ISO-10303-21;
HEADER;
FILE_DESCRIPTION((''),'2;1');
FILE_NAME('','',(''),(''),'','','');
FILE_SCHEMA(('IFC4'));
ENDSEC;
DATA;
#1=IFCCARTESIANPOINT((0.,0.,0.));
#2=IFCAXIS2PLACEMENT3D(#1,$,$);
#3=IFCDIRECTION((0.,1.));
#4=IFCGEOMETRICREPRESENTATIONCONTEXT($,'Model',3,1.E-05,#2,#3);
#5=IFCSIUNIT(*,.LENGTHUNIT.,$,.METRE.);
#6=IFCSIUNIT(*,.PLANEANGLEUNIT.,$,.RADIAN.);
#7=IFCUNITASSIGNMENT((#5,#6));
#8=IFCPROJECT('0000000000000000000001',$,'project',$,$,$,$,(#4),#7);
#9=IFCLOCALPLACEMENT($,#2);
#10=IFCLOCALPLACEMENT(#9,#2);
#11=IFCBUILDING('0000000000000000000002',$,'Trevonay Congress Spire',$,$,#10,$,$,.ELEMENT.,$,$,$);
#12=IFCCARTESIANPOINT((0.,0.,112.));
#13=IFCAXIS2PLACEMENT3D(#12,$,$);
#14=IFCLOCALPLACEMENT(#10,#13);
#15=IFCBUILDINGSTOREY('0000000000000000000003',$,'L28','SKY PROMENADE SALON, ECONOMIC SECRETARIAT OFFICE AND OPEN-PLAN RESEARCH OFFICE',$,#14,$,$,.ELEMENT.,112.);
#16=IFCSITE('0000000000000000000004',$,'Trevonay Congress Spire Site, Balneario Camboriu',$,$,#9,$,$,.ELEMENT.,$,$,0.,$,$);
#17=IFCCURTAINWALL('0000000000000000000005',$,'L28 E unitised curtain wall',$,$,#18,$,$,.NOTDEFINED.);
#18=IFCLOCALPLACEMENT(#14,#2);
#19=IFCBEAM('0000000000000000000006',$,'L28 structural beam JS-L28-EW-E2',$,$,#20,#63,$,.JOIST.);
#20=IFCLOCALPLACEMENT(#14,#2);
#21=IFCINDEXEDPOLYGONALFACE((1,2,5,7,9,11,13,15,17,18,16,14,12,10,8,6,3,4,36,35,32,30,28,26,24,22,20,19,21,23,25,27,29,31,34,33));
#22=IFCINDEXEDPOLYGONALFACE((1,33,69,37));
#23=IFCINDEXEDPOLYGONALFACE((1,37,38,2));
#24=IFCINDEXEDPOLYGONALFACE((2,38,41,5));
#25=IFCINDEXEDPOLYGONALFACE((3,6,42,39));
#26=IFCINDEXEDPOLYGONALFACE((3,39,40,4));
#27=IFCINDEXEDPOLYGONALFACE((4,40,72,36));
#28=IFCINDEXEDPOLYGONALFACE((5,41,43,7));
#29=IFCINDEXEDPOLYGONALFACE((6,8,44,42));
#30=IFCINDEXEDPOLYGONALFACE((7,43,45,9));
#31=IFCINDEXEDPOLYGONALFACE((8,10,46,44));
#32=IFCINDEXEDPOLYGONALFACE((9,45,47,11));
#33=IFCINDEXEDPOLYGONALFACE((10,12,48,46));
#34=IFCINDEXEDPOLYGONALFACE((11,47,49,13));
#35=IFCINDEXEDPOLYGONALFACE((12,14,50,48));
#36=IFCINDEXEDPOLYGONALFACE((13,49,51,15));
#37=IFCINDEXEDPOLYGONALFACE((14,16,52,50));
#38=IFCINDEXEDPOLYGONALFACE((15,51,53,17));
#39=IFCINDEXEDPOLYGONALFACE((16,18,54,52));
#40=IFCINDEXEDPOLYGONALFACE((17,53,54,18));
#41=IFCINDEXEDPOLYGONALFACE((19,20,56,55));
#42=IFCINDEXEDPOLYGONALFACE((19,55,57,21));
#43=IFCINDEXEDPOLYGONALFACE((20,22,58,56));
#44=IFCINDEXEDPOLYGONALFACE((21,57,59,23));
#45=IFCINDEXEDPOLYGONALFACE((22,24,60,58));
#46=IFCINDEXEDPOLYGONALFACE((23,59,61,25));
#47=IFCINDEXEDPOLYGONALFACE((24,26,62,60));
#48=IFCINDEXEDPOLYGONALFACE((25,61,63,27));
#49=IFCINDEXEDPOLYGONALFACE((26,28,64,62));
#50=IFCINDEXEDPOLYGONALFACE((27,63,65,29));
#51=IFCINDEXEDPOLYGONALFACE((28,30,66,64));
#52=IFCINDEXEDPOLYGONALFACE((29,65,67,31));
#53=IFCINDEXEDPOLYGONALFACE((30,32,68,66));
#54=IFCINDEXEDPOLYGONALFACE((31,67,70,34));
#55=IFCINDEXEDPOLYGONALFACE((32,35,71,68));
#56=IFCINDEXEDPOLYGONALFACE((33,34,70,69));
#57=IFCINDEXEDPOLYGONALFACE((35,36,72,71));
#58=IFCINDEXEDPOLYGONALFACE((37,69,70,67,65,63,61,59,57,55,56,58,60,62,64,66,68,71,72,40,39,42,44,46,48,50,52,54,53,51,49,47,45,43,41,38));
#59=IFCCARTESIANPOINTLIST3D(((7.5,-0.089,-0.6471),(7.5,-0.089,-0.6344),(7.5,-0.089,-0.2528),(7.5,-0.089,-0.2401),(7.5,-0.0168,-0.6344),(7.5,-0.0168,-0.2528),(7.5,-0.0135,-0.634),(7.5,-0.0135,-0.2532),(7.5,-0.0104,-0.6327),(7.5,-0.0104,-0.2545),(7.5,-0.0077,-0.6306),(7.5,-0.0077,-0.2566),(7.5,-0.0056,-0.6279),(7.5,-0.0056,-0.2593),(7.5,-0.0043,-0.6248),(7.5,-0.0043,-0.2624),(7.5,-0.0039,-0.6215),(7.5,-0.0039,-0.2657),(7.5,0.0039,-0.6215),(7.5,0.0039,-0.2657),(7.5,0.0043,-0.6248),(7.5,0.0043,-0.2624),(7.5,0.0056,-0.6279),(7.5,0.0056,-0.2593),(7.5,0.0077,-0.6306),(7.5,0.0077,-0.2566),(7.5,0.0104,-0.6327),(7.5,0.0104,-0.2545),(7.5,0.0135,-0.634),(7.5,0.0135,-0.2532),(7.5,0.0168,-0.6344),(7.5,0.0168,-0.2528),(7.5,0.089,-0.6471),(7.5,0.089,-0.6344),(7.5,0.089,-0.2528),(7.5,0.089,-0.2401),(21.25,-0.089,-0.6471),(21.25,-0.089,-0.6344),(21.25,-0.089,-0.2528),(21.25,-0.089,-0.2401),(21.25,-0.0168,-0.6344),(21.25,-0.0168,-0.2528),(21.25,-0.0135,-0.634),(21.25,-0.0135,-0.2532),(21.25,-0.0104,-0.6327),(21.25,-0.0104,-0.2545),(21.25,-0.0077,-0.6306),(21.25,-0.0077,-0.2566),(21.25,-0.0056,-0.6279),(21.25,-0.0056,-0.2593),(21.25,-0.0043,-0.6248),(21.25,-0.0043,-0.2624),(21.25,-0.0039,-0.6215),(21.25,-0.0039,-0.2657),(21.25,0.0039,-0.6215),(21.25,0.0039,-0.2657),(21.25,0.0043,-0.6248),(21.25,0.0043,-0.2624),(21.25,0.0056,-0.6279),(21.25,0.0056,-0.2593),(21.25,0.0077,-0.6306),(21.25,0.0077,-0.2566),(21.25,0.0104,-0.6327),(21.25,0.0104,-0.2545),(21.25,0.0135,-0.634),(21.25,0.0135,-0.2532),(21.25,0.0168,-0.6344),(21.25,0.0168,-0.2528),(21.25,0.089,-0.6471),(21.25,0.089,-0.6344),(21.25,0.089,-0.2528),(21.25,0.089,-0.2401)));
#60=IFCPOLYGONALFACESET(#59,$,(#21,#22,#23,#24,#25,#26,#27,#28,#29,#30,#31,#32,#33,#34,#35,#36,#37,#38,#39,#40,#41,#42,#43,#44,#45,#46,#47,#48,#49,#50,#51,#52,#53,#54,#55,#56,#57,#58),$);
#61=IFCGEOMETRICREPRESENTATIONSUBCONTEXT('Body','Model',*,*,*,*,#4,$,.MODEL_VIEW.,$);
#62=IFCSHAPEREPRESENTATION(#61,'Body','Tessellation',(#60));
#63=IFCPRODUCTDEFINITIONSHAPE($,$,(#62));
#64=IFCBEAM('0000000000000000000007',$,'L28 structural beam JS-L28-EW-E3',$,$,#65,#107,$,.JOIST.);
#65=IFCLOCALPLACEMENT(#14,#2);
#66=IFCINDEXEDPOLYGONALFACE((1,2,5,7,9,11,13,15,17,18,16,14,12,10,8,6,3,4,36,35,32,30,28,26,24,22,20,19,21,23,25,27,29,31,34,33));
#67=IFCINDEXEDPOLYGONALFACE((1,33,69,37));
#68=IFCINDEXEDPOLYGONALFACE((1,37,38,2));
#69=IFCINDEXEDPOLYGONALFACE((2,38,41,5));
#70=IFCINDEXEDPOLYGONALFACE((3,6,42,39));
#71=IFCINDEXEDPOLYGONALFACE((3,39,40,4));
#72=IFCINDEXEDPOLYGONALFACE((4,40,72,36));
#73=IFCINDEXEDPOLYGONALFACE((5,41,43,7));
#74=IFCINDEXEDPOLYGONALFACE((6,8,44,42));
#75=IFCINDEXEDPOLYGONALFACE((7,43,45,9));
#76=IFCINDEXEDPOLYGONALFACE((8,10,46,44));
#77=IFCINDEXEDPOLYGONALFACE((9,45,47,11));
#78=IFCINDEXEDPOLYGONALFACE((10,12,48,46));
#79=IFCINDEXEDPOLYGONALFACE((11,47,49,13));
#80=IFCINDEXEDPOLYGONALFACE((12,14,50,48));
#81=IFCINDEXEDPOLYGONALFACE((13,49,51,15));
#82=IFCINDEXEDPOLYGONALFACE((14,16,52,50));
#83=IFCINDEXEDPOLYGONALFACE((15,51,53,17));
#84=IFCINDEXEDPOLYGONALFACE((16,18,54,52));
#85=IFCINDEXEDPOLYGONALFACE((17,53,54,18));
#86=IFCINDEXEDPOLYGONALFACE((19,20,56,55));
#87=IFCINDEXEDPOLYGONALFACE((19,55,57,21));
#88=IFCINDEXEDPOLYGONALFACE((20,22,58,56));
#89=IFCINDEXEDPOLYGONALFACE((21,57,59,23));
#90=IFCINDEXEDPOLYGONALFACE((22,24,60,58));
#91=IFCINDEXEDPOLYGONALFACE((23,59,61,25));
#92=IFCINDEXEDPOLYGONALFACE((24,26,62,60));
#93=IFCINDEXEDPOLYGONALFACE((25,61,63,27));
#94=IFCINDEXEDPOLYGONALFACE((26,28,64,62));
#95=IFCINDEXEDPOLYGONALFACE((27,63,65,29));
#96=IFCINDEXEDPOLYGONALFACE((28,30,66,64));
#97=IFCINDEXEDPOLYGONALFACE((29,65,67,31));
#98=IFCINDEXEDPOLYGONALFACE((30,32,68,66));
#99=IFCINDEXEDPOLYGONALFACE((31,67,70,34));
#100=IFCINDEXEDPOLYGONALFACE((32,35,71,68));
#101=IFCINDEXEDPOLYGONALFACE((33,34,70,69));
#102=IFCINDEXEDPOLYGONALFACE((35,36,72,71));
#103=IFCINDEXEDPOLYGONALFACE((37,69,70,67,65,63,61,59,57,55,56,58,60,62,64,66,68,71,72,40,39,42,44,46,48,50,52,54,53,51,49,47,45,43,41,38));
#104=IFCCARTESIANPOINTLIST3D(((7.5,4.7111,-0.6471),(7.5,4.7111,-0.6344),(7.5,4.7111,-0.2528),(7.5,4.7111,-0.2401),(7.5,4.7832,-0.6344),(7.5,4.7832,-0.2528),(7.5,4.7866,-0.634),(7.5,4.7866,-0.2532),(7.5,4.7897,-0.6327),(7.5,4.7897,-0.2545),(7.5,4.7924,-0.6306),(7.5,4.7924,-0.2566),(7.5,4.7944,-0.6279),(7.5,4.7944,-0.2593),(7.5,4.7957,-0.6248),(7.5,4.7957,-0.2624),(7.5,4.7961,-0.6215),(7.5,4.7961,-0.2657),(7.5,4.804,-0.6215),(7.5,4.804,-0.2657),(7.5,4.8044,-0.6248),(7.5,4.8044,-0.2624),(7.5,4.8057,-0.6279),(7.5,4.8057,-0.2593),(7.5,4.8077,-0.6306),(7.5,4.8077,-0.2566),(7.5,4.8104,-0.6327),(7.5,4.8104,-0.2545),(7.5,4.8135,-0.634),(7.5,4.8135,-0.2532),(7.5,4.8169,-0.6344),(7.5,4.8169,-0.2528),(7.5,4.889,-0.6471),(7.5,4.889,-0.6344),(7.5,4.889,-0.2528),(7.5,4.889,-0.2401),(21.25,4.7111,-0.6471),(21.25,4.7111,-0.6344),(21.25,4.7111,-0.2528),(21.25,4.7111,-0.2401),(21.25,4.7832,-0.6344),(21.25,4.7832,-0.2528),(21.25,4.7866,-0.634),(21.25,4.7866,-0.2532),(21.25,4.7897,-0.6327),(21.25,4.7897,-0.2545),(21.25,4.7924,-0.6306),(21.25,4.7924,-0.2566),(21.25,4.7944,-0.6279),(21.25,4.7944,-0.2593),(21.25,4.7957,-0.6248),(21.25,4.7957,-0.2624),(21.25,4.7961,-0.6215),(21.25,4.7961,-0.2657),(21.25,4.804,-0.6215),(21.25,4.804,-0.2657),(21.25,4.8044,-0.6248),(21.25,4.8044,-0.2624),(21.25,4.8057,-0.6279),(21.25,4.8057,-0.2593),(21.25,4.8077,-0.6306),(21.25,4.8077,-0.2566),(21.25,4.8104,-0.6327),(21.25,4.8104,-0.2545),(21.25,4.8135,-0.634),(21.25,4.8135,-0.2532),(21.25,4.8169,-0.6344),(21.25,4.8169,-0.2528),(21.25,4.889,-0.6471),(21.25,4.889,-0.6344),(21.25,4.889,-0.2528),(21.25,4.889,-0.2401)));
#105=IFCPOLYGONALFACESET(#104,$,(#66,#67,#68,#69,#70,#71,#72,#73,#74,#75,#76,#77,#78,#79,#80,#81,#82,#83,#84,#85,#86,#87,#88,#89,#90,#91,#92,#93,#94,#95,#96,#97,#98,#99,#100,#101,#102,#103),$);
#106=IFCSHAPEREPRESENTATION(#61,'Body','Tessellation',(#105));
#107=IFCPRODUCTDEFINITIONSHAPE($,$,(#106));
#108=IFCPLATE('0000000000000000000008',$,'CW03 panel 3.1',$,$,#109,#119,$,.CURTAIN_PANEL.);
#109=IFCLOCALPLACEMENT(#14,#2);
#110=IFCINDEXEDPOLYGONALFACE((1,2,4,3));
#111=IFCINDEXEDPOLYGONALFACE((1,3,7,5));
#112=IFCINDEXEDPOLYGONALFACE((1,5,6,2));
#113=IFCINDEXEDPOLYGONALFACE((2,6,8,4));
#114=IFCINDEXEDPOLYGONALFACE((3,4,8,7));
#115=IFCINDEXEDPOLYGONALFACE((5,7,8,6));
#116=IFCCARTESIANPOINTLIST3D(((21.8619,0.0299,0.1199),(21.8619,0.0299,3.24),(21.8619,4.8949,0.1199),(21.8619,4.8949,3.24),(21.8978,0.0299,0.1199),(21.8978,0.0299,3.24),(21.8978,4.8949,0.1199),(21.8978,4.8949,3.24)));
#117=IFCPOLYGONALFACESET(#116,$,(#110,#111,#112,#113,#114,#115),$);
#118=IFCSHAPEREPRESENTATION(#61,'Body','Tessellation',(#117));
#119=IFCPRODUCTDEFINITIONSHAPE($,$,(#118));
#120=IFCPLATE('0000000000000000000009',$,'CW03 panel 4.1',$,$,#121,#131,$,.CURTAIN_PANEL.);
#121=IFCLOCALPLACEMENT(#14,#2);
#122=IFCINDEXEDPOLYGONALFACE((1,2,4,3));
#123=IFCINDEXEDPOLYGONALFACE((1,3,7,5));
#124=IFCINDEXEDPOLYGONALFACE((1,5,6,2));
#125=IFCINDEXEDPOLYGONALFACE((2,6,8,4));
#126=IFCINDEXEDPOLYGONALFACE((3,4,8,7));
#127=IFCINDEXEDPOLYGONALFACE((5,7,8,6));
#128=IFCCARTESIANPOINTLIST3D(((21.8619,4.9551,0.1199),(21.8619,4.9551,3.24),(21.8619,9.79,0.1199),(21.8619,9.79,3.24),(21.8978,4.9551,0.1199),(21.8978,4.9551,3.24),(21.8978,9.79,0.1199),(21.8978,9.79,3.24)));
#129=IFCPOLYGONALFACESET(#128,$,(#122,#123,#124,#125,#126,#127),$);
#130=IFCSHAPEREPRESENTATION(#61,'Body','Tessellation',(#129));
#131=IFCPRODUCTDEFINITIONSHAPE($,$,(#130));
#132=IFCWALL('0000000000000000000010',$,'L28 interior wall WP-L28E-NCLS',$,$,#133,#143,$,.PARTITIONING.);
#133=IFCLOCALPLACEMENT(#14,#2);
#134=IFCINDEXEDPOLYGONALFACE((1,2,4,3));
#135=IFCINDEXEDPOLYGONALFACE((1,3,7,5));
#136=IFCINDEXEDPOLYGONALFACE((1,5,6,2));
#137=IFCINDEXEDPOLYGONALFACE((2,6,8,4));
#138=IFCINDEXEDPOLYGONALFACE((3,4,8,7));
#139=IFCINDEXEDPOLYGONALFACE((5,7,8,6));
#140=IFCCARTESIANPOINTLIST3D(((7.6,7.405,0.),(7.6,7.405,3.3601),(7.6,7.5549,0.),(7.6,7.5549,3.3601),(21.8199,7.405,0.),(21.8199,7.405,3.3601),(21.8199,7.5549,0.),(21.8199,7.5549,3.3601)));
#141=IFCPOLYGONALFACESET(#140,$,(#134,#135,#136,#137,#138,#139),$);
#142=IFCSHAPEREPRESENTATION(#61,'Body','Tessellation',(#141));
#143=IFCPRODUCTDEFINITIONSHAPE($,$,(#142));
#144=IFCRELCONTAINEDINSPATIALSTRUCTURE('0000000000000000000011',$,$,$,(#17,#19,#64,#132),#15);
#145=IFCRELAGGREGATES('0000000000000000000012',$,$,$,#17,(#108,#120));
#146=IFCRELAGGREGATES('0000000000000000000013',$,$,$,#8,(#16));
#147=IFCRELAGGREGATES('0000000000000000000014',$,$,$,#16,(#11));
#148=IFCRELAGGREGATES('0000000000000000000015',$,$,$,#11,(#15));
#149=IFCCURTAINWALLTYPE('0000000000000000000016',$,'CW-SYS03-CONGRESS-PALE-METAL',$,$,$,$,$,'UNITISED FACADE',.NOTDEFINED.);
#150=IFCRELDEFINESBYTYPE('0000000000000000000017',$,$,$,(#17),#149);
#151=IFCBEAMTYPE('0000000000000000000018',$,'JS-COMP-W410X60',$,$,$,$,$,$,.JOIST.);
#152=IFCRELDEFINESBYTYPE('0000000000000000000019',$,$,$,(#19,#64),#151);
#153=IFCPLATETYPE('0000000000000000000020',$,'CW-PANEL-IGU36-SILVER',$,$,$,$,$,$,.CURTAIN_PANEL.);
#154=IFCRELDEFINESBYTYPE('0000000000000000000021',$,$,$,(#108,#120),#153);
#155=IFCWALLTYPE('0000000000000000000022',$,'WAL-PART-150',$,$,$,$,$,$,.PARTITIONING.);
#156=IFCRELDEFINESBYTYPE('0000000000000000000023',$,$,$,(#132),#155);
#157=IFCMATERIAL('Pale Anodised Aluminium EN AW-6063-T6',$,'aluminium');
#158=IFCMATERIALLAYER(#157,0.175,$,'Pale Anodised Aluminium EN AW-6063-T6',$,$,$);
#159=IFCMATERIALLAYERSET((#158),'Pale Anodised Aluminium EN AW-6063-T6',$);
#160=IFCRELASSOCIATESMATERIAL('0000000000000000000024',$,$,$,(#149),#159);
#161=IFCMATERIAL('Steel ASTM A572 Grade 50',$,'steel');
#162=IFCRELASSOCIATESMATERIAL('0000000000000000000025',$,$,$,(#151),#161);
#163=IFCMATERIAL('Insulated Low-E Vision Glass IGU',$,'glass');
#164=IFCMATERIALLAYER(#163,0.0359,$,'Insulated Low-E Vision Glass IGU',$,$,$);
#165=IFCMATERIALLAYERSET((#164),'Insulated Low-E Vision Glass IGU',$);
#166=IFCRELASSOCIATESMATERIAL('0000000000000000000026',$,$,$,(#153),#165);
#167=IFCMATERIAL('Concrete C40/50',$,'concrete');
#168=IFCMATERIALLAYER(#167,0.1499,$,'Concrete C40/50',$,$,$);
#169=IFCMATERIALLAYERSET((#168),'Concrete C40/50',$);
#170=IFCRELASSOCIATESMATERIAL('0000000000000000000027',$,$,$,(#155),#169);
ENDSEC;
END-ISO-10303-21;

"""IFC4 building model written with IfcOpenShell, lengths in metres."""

from ifc_helpers import new_model, si_unit, direction, frame, frame_2d, origin, origin_2d, place, context, subcontext, project, spatial, rectangle, i_section, extrude, material, layer, layer_set, material_profile, profile_set, type_object, element, aggregate, save


model = new_model("IFC4")

# Units and contexts
model_context = context("Model", 3, precision=1e-05, world=origin(), true_north=direction((0.0, 1.0)))
body_context = subcontext(model_context, "Body", "Model", "MODEL_VIEW")
ifc_project = project(units=[si_unit("LENGTHUNIT", "METRE"), si_unit("PLANEANGLEUNIT", "RADIAN")], contexts=[model_context])

# Site, building, storey
site_placement = place(None, origin())
site = spatial("IfcSite", under=ifc_project, at=site_placement, Name="Trevonay Congress Spire Site, Balneario Camboriu", CompositionType="ELEMENT", RefElevation=0.0)
building_placement = place(site_placement, origin())
building = spatial("IfcBuilding", under=site, at=building_placement, Name="Trevonay Congress Spire", CompositionType="ELEMENT")
storey_placement = place(building_placement, frame((0.0, 0.0, 112.0)))
storey = spatial("IfcBuildingStorey", under=building, at=storey_placement, Name="L28", Description="SKY PROMENADE SALON, ECONOMIC SECRETARIAT OFFICE AND OPEN-PLAN RESEARCH OFFICE", CompositionType="ELEMENT", Elevation=112.0)

# Shared definitions
ifc_material_1 = material(Name="Steel ASTM A572 Grade 50", Category="steel")

# Curtain wall
ifc_material_2 = material(Name="Pale Anodised Aluminium EN AW-6063-T6", Category="aluminium")
ifc_layer_1 = layer(ifc_material_2, 0.175, Name="Pale Anodised Aluminium EN AW-6063-T6")
ifc_layer_set_1 = layer_set([ifc_layer_1], Name="Pale Anodised Aluminium EN AW-6063-T6")
curtain_wall_type = type_object("IfcCurtainWallType", Name="CW-SYS03-CONGRESS-PALE-METAL", ElementType="UNITISED FACADE", PredefinedType="NOTDEFINED", material=ifc_layer_set_1)
curtain_wall_placement = place(storey_placement, origin())
curtain_wall = element("IfcCurtainWall", 1, at=curtain_wall_placement, inside=storey, type_object=curtain_wall_type, Name="L28 E unitised curtain wall", PredefinedType="NOTDEFINED")

# Beams
ifc_material_profile_1 = material_profile(ifc_material_1, i_section(OverallWidth=0.178, OverallDepth=0.407, WebThickness=0.0078, FlangeThickness=0.0127, FilletRadius=0.0129, at=origin_2d()), Name="W410x60")
ifc_profile_set_1 = profile_set([ifc_material_profile_1], Name="Steel ASTM A572 Grade 50")
beam_type_1 = type_object("IfcBeamType", Name="JS-COMP-W410X60", PredefinedType="JOIST", material=ifc_profile_set_1)
for number, where, z_axis, x_axis, name in (
    (2, (7.5, 0.0, -0.4436), (1.0, 0.0, 0.0), (0.0, 1.0, 0.0), "L28 structural beam JS-L28-EW-E2"),
    (3, (7.5, 4.8, -0.4436), (1.0, 0.0, 0.0), (0.0, 1.0, 0.0), "L28 structural beam JS-L28-EW-E3"),
):
    element("IfcBeam", number, at=place(storey_placement, frame(where, z_axis=z_axis, x_axis=x_axis)), inside=storey, type_object=beam_type_1, Name=name, PredefinedType="JOIST", context=body_context, shape_type="SweptSolid", body=[
        extrude(i_section(OverallWidth=0.178, OverallDepth=0.407, WebThickness=0.0078, FlangeThickness=0.0127, FilletRadius=0.0129, at=origin_2d()), origin(), (0.0, 0.0, 1.0), 13.75),
    ])

# Plates
ifc_material_3 = material(Name="Insulated Low-E Vision Glass IGU", Category="glass")
ifc_layer_2 = layer(ifc_material_3, 0.0359, Name="Insulated Low-E Vision Glass IGU")
ifc_layer_set_2 = layer_set([ifc_layer_2], Name="Insulated Low-E Vision Glass IGU")
plate_type = type_object("IfcPlateType", Name="CW-PANEL-IGU36-SILVER", PredefinedType="CURTAIN_PANEL", material=ifc_layer_set_2)
plate_1_placement = place(storey_placement, frame((21.8799, 2.4624, 0.1199), z_axis=(0.0, 0.0, 1.0), x_axis=(0.0, 1.0, 0.0)))
plate_1 = element("IfcPlate", 4, at=plate_1_placement, type_object=plate_type, Name="CW03 panel 3.1", PredefinedType="CURTAIN_PANEL", context=body_context, shape_type="SweptSolid", body=[
    extrude(rectangle(XDim=4.865, YDim=0.0359, at=origin_2d()), origin(), (0.0, 0.0, 1.0), 3.1201),
])
plate_2_placement = place(storey_placement, frame((21.8799, 7.3726, 0.1199), z_axis=(0.0, 0.0, 1.0), x_axis=(0.0, 1.0, 0.0)))
plate_2 = element("IfcPlate", 5, at=plate_2_placement, type_object=plate_type, Name="CW03 panel 4.1", PredefinedType="CURTAIN_PANEL", context=body_context, shape_type="SweptSolid", body=[
    extrude(rectangle(XDim=4.835, YDim=0.0359, at=origin_2d()), origin(), (0.0, 0.0, 1.0), 3.1201),
])
aggregate(curtain_wall, [plate_1, plate_2])

# Wall
ifc_material_4 = material(Name="Concrete C40/50", Category="concrete")
ifc_layer_3 = layer(ifc_material_4, 0.1499, Name="Concrete C40/50")
ifc_layer_set_3 = layer_set([ifc_layer_3], Name="Concrete C40/50")
wall_type = type_object("IfcWallType", Name="WAL-PART-150", PredefinedType="PARTITIONING", material=ifc_layer_set_3)
wall_placement = place(storey_placement, frame((7.6001, 7.48, 0.0), z_axis=(0.0, 0.0, 1.0), x_axis=(1.0, 0.0, 0.0)))
element("IfcWall", 6, at=wall_placement, inside=storey, type_object=wall_type, Name="L28 interior wall WP-L28E-NCLS", PredefinedType="PARTITIONING", context=body_context, shape_type="SweptSolid", body=[
    extrude(rectangle(XDim=14.22, YDim=0.1499, at=frame_2d((7.1099, 0.0))), origin(), (0.0, 0.0, 1.0), 3.3601),
])

save(model, "model.ifc")
